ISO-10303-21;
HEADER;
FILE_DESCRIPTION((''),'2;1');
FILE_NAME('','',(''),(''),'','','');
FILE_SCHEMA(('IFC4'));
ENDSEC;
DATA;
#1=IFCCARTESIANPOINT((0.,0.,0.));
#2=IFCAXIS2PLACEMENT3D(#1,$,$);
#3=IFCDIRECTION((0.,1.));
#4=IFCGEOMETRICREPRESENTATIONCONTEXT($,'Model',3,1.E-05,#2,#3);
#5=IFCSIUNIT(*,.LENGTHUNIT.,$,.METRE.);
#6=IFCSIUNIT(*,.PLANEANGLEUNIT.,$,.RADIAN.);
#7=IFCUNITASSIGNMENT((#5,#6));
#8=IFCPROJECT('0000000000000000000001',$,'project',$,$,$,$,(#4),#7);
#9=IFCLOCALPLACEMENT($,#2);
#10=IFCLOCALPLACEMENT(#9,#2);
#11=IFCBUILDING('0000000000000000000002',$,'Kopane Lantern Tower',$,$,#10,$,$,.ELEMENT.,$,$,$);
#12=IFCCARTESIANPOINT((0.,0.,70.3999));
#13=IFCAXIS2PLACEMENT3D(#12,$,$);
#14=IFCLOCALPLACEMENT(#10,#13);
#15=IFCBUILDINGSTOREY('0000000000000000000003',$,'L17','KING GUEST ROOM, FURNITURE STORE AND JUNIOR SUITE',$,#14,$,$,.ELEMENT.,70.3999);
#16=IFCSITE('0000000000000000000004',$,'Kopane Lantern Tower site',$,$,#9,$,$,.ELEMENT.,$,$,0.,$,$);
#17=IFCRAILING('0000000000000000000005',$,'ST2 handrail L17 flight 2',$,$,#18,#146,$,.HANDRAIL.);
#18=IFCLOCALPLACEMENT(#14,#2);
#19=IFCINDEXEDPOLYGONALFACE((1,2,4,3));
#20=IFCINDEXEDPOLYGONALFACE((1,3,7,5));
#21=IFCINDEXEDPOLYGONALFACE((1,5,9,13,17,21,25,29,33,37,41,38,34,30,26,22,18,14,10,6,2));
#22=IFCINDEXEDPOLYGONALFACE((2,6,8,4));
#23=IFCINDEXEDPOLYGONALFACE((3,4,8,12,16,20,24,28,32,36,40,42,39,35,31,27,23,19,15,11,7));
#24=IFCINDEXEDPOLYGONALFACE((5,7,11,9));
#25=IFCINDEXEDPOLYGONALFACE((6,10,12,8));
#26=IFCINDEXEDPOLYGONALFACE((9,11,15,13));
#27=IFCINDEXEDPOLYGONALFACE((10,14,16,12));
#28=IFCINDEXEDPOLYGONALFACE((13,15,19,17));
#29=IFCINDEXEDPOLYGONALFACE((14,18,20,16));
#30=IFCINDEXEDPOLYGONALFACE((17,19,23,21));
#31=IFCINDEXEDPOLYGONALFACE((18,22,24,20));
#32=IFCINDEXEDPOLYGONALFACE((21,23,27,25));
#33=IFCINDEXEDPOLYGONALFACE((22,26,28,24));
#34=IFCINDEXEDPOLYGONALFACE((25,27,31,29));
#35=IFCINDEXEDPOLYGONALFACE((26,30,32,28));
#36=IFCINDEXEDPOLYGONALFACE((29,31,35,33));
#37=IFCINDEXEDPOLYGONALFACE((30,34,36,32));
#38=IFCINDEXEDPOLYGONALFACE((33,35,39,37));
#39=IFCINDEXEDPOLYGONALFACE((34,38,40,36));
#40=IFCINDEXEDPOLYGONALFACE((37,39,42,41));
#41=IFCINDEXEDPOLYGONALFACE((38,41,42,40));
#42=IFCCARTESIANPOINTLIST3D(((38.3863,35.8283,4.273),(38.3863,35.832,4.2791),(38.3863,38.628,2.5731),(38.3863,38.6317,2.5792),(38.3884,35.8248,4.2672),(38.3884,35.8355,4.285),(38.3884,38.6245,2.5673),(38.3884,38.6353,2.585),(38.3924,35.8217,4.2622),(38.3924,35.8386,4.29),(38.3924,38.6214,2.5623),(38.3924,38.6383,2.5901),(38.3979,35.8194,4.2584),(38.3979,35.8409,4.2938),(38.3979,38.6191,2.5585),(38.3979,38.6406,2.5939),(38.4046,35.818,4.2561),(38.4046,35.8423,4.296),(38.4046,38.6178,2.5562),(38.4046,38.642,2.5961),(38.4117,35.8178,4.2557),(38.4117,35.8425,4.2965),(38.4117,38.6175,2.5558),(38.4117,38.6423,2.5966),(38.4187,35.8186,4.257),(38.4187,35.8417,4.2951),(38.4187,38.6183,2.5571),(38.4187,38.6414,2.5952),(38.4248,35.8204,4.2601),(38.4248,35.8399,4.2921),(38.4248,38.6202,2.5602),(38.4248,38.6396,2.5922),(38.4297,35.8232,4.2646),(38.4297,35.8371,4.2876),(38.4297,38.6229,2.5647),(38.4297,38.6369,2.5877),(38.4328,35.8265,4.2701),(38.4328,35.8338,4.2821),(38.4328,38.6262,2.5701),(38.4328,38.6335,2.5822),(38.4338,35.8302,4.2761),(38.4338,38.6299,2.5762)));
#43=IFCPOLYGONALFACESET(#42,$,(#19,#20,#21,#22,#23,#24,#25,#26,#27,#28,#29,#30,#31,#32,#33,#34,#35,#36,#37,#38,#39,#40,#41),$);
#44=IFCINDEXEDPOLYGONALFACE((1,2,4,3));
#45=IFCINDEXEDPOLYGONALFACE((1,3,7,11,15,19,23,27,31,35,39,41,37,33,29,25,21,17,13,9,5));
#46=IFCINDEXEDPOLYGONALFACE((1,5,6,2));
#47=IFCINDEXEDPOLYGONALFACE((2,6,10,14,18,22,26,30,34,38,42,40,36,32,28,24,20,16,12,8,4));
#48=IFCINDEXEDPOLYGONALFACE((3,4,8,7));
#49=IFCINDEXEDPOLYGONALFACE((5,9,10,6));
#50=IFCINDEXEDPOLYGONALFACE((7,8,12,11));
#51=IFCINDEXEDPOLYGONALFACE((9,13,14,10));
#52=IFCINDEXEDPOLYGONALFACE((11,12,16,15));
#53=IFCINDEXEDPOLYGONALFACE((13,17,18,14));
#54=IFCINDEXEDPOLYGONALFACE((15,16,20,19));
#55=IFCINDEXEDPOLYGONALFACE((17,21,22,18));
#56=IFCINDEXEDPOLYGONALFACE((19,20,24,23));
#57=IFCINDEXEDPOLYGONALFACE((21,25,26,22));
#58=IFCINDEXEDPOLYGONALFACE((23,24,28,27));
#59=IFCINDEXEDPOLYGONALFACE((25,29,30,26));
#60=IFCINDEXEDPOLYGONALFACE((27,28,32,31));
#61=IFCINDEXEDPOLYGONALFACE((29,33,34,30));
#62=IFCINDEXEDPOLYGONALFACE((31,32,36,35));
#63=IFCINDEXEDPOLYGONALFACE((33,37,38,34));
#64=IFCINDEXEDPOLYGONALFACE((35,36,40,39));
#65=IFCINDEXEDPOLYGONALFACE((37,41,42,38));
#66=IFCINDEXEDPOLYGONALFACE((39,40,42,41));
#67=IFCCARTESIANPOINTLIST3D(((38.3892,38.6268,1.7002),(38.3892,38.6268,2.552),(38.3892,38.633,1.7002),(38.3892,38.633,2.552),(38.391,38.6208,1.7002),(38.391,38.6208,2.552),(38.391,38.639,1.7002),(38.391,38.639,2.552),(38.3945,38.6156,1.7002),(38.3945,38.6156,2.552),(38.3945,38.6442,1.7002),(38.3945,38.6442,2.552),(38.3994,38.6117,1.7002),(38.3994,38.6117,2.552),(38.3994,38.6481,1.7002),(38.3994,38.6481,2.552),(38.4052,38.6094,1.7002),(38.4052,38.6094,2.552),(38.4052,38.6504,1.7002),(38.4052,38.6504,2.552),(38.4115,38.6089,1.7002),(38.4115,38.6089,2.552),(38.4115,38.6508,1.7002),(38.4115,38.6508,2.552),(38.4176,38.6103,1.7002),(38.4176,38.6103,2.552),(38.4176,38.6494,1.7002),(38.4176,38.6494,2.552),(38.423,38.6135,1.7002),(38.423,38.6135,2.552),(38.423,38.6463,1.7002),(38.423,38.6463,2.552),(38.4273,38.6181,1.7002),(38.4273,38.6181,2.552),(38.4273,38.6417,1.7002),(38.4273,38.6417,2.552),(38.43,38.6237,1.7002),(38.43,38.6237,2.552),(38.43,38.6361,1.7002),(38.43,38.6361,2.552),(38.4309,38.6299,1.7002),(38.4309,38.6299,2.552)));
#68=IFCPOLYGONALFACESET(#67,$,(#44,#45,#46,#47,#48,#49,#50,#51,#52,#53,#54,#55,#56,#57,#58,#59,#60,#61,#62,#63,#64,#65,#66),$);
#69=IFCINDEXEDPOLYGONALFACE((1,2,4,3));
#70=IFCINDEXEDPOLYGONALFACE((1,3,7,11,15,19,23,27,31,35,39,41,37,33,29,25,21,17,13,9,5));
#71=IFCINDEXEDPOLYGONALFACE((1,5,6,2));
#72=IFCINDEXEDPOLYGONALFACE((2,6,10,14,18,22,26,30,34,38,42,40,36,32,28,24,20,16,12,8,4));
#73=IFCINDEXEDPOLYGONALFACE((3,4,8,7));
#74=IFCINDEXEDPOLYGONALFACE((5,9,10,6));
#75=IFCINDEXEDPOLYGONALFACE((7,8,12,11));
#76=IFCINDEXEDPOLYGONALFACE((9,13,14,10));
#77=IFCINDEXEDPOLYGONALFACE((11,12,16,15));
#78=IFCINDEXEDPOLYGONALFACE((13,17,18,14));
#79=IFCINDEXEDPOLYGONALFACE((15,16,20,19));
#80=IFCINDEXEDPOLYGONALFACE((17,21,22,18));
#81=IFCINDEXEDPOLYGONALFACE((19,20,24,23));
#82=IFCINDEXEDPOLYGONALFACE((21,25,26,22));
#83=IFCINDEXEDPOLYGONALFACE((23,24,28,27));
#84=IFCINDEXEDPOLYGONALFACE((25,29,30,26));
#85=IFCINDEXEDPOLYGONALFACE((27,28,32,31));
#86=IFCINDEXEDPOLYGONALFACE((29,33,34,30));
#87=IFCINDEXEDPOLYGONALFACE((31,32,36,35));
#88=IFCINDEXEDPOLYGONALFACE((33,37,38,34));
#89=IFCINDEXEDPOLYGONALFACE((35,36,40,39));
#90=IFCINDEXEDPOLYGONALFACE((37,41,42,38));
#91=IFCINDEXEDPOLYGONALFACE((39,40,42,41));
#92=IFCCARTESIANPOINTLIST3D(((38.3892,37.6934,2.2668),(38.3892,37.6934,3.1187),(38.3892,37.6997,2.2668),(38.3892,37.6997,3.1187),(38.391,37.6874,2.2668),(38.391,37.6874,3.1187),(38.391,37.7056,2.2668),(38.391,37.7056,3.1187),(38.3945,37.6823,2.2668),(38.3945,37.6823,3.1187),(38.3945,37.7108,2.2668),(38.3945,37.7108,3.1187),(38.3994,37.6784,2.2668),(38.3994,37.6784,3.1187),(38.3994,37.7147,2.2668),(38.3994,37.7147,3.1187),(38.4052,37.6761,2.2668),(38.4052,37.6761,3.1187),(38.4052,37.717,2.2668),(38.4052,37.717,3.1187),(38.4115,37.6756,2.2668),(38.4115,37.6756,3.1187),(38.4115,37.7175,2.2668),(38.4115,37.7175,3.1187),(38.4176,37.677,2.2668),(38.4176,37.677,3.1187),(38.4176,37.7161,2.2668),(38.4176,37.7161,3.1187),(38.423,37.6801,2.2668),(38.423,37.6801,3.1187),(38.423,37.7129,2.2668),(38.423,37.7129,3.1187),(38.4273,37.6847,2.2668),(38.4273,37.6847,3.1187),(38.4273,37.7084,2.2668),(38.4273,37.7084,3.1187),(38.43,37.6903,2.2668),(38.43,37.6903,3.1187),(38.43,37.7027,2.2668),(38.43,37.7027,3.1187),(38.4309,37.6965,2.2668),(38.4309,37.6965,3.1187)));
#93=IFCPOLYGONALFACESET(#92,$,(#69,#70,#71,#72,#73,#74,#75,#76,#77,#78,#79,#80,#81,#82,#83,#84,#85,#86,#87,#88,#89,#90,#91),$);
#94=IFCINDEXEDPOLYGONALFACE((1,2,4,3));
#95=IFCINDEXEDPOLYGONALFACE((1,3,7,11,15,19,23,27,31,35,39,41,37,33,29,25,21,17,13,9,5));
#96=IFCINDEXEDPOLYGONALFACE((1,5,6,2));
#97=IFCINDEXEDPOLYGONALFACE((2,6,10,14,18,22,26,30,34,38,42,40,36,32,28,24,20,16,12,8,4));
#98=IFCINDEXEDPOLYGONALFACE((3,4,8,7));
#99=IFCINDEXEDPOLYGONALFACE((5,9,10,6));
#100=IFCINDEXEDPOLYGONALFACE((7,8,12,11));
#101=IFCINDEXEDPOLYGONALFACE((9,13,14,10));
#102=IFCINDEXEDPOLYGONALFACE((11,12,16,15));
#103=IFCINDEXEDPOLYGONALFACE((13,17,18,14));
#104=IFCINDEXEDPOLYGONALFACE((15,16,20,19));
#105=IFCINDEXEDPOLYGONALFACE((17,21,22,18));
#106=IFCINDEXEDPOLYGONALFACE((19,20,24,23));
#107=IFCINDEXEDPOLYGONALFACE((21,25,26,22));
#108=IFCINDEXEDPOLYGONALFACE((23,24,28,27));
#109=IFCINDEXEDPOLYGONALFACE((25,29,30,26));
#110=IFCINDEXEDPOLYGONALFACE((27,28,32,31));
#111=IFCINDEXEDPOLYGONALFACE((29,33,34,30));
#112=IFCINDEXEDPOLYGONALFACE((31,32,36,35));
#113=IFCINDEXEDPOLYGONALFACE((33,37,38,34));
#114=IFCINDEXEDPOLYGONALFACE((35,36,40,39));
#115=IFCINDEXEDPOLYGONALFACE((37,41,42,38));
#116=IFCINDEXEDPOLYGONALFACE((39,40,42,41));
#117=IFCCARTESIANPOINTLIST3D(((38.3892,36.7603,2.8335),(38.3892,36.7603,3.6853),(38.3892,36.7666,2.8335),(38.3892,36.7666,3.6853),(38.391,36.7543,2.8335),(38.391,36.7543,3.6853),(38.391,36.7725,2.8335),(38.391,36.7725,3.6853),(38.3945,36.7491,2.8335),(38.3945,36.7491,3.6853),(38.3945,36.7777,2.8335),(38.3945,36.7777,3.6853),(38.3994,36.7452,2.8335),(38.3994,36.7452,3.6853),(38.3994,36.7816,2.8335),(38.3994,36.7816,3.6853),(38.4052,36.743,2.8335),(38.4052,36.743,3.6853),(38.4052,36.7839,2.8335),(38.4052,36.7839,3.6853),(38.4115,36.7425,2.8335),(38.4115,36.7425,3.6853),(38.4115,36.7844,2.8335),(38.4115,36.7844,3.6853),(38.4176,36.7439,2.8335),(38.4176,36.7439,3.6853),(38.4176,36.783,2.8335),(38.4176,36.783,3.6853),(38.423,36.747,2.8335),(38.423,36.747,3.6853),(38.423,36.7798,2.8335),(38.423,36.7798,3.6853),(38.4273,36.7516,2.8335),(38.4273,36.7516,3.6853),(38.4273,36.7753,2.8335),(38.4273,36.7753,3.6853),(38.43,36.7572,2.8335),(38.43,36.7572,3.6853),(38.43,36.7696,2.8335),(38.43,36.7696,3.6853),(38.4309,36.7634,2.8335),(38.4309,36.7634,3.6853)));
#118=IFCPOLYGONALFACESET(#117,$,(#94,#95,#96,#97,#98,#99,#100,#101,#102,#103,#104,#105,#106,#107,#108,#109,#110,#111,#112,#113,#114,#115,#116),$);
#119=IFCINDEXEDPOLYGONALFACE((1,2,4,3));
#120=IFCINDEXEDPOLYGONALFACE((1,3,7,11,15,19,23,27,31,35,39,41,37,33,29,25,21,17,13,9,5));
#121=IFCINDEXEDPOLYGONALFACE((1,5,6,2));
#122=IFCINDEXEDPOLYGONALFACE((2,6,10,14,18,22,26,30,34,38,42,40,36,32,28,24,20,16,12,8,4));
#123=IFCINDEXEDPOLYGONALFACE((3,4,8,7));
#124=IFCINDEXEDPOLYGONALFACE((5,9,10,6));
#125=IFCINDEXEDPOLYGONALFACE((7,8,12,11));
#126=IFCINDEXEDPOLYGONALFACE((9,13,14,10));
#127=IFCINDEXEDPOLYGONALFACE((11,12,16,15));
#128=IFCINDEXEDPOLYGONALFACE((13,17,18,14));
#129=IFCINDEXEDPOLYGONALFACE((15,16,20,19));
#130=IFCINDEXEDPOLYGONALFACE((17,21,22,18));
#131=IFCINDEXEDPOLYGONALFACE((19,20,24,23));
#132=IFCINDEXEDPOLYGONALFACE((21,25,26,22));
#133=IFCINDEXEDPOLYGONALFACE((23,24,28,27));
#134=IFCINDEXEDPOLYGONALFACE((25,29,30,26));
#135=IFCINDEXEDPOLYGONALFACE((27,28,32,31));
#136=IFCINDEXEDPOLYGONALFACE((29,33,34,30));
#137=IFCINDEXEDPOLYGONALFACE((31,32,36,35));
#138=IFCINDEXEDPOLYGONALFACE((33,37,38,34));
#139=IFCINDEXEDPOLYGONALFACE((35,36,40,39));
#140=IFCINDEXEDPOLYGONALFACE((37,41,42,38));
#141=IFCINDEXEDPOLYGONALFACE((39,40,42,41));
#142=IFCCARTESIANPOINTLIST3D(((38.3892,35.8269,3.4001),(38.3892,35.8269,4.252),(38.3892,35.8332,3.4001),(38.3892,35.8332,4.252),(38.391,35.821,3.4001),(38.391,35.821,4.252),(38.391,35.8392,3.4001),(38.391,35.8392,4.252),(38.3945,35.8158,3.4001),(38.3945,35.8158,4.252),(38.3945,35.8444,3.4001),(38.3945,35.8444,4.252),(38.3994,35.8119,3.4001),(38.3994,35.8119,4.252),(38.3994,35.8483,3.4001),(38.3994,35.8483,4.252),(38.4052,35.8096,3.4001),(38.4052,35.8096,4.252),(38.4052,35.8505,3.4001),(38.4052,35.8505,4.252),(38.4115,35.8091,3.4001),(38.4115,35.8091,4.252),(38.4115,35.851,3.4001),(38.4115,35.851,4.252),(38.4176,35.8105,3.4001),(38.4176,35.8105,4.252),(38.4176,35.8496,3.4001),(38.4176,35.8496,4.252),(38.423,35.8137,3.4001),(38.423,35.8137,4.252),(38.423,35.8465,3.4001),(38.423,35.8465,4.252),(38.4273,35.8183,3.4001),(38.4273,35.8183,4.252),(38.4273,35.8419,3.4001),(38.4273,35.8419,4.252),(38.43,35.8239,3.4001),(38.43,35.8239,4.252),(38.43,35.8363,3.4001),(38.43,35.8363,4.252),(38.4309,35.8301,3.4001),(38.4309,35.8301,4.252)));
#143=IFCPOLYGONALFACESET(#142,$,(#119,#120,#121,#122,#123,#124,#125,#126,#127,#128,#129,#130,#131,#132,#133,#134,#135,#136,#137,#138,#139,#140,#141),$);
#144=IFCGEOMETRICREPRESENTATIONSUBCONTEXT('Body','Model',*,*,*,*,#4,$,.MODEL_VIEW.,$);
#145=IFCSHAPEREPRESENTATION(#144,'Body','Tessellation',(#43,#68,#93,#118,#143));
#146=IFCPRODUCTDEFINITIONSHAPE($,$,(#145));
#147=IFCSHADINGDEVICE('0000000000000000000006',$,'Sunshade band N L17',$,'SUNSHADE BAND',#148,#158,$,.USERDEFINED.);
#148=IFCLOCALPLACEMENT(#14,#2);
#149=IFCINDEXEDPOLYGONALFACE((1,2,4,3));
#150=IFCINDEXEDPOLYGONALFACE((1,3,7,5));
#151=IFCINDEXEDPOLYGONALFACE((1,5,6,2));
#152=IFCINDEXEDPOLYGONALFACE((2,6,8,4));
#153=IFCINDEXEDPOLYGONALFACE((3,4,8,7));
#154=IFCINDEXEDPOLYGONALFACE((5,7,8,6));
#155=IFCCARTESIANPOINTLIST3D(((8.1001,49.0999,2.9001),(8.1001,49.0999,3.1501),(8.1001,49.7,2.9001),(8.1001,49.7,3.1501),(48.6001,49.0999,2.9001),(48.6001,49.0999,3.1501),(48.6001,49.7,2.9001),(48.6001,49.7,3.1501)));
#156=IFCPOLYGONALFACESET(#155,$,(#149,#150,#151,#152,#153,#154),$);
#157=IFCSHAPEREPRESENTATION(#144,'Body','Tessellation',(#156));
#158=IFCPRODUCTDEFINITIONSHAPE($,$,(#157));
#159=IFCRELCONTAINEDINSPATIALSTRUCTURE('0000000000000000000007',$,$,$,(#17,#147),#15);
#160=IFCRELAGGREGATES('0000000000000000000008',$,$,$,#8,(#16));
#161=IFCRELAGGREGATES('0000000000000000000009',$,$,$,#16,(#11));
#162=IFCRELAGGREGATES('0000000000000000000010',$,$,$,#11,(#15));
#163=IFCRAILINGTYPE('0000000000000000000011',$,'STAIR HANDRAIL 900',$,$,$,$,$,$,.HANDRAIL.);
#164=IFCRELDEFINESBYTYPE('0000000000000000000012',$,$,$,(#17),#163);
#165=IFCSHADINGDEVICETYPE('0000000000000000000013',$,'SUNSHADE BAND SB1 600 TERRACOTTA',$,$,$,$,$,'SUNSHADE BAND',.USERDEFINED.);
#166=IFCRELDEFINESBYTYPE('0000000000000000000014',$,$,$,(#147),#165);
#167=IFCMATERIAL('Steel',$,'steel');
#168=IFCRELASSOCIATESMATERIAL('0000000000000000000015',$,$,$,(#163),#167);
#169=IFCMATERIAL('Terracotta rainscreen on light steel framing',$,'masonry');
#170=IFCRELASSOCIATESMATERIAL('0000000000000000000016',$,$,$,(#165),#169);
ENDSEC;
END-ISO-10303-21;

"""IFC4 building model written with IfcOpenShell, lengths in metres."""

from ifc_helpers import new_model, si_unit, direction, frame, origin, origin_2d, place, context, subcontext, project, spatial, rectangle, circle, extrude, material, type_object, element, save


model = new_model("IFC4")

# Units and contexts
model_context = context("Model", 3, precision=1e-05, world=origin(), true_north=direction((0.0, 1.0)))
body_context = subcontext(model_context, "Body", "Model", "MODEL_VIEW")
ifc_project = project(units=[si_unit("LENGTHUNIT", "METRE"), si_unit("PLANEANGLEUNIT", "RADIAN")], contexts=[model_context])

# Site, building, storey
site_placement = place(None, origin())
site = spatial("IfcSite", under=ifc_project, at=site_placement, Name="Kopane Lantern Tower site", CompositionType="ELEMENT", RefElevation=0.0)
building_placement = place(site_placement, origin())
building = spatial("IfcBuilding", under=site, at=building_placement, Name="Kopane Lantern Tower", CompositionType="ELEMENT")
storey_placement = place(building_placement, frame((0.0, 0.0, 70.3999)))
storey = spatial("IfcBuildingStorey", under=building, at=storey_placement, Name="L17", Description="KING GUEST ROOM, FURNITURE STORE AND JUNIOR SUITE", CompositionType="ELEMENT", Elevation=70.3999)

# Railing
ifc_material_1 = material(Name="Steel", Category="steel")
railing_type = type_object("IfcRailingType", Name="STAIR HANDRAIL 900", PredefinedType="HANDRAIL", material=ifc_material_1)
for number, where, name in (
    (1, (38.4099, 38.6299, 1.7002), "ST2 handrail L17 flight 2"),
):
    element("IfcRailing", number, at=place(storey_placement, frame(where)), inside=storey, type_object=railing_type, Name=name, PredefinedType="HANDRAIL", context=body_context, shape_type="SweptSolid", body=[
        extrude(circle(Radius=0.0239, at=origin_2d()), frame((0.0, 0.0, 0.876), z_axis=(0.0, -0.854778, 0.518994), x_axis=(1.0, 0.0, 0.0)), (0.0, 0.0, 1.0), 3.2754),
        extrude(circle(Radius=0.021, at=origin_2d()), origin(), (0.0, 0.0, 1.0), 0.8518),
        extrude(circle(Radius=0.021, at=origin_2d()), frame((0.0, -0.9333, 0.5667)), (0.0, 0.0, 1.0), 0.8518),
        extrude(circle(Radius=0.021, at=origin_2d()), frame((0.0, -1.8665, 1.1333)), (0.0, 0.0, 1.0), 0.8518),
        extrude(circle(Radius=0.021, at=origin_2d()), frame((0.0, -2.7998, 1.7)), (0.0, 0.0, 1.0), 0.8518),
    ])

# Shading device
ifc_material_2 = material(Name="Terracotta rainscreen on light steel framing", Category="masonry")
shading_device_type = type_object("IfcShadingDeviceType", Name="SUNSHADE BAND SB1 600 TERRACOTTA", ElementType="SUNSHADE BAND", PredefinedType="USERDEFINED", material=ifc_material_2)
shading_device_placement = place(storey_placement, frame((28.3501, 49.3999, 2.9001), z_axis=(0.0, 0.0, 1.0), x_axis=(-1.0, 0.0, 0.0)))
element("IfcShadingDevice", 2, at=shading_device_placement, inside=storey, type_object=shading_device_type, Name="Sunshade band N L17", ObjectType="SUNSHADE BAND", PredefinedType="USERDEFINED", context=body_context, shape_type="SweptSolid", body=[
    extrude(rectangle(XDim=40.5, YDim=0.6001, at=origin_2d()), origin(), (0.0, 0.0, 1.0), 0.25),
])

save(model, "model.ifc")
